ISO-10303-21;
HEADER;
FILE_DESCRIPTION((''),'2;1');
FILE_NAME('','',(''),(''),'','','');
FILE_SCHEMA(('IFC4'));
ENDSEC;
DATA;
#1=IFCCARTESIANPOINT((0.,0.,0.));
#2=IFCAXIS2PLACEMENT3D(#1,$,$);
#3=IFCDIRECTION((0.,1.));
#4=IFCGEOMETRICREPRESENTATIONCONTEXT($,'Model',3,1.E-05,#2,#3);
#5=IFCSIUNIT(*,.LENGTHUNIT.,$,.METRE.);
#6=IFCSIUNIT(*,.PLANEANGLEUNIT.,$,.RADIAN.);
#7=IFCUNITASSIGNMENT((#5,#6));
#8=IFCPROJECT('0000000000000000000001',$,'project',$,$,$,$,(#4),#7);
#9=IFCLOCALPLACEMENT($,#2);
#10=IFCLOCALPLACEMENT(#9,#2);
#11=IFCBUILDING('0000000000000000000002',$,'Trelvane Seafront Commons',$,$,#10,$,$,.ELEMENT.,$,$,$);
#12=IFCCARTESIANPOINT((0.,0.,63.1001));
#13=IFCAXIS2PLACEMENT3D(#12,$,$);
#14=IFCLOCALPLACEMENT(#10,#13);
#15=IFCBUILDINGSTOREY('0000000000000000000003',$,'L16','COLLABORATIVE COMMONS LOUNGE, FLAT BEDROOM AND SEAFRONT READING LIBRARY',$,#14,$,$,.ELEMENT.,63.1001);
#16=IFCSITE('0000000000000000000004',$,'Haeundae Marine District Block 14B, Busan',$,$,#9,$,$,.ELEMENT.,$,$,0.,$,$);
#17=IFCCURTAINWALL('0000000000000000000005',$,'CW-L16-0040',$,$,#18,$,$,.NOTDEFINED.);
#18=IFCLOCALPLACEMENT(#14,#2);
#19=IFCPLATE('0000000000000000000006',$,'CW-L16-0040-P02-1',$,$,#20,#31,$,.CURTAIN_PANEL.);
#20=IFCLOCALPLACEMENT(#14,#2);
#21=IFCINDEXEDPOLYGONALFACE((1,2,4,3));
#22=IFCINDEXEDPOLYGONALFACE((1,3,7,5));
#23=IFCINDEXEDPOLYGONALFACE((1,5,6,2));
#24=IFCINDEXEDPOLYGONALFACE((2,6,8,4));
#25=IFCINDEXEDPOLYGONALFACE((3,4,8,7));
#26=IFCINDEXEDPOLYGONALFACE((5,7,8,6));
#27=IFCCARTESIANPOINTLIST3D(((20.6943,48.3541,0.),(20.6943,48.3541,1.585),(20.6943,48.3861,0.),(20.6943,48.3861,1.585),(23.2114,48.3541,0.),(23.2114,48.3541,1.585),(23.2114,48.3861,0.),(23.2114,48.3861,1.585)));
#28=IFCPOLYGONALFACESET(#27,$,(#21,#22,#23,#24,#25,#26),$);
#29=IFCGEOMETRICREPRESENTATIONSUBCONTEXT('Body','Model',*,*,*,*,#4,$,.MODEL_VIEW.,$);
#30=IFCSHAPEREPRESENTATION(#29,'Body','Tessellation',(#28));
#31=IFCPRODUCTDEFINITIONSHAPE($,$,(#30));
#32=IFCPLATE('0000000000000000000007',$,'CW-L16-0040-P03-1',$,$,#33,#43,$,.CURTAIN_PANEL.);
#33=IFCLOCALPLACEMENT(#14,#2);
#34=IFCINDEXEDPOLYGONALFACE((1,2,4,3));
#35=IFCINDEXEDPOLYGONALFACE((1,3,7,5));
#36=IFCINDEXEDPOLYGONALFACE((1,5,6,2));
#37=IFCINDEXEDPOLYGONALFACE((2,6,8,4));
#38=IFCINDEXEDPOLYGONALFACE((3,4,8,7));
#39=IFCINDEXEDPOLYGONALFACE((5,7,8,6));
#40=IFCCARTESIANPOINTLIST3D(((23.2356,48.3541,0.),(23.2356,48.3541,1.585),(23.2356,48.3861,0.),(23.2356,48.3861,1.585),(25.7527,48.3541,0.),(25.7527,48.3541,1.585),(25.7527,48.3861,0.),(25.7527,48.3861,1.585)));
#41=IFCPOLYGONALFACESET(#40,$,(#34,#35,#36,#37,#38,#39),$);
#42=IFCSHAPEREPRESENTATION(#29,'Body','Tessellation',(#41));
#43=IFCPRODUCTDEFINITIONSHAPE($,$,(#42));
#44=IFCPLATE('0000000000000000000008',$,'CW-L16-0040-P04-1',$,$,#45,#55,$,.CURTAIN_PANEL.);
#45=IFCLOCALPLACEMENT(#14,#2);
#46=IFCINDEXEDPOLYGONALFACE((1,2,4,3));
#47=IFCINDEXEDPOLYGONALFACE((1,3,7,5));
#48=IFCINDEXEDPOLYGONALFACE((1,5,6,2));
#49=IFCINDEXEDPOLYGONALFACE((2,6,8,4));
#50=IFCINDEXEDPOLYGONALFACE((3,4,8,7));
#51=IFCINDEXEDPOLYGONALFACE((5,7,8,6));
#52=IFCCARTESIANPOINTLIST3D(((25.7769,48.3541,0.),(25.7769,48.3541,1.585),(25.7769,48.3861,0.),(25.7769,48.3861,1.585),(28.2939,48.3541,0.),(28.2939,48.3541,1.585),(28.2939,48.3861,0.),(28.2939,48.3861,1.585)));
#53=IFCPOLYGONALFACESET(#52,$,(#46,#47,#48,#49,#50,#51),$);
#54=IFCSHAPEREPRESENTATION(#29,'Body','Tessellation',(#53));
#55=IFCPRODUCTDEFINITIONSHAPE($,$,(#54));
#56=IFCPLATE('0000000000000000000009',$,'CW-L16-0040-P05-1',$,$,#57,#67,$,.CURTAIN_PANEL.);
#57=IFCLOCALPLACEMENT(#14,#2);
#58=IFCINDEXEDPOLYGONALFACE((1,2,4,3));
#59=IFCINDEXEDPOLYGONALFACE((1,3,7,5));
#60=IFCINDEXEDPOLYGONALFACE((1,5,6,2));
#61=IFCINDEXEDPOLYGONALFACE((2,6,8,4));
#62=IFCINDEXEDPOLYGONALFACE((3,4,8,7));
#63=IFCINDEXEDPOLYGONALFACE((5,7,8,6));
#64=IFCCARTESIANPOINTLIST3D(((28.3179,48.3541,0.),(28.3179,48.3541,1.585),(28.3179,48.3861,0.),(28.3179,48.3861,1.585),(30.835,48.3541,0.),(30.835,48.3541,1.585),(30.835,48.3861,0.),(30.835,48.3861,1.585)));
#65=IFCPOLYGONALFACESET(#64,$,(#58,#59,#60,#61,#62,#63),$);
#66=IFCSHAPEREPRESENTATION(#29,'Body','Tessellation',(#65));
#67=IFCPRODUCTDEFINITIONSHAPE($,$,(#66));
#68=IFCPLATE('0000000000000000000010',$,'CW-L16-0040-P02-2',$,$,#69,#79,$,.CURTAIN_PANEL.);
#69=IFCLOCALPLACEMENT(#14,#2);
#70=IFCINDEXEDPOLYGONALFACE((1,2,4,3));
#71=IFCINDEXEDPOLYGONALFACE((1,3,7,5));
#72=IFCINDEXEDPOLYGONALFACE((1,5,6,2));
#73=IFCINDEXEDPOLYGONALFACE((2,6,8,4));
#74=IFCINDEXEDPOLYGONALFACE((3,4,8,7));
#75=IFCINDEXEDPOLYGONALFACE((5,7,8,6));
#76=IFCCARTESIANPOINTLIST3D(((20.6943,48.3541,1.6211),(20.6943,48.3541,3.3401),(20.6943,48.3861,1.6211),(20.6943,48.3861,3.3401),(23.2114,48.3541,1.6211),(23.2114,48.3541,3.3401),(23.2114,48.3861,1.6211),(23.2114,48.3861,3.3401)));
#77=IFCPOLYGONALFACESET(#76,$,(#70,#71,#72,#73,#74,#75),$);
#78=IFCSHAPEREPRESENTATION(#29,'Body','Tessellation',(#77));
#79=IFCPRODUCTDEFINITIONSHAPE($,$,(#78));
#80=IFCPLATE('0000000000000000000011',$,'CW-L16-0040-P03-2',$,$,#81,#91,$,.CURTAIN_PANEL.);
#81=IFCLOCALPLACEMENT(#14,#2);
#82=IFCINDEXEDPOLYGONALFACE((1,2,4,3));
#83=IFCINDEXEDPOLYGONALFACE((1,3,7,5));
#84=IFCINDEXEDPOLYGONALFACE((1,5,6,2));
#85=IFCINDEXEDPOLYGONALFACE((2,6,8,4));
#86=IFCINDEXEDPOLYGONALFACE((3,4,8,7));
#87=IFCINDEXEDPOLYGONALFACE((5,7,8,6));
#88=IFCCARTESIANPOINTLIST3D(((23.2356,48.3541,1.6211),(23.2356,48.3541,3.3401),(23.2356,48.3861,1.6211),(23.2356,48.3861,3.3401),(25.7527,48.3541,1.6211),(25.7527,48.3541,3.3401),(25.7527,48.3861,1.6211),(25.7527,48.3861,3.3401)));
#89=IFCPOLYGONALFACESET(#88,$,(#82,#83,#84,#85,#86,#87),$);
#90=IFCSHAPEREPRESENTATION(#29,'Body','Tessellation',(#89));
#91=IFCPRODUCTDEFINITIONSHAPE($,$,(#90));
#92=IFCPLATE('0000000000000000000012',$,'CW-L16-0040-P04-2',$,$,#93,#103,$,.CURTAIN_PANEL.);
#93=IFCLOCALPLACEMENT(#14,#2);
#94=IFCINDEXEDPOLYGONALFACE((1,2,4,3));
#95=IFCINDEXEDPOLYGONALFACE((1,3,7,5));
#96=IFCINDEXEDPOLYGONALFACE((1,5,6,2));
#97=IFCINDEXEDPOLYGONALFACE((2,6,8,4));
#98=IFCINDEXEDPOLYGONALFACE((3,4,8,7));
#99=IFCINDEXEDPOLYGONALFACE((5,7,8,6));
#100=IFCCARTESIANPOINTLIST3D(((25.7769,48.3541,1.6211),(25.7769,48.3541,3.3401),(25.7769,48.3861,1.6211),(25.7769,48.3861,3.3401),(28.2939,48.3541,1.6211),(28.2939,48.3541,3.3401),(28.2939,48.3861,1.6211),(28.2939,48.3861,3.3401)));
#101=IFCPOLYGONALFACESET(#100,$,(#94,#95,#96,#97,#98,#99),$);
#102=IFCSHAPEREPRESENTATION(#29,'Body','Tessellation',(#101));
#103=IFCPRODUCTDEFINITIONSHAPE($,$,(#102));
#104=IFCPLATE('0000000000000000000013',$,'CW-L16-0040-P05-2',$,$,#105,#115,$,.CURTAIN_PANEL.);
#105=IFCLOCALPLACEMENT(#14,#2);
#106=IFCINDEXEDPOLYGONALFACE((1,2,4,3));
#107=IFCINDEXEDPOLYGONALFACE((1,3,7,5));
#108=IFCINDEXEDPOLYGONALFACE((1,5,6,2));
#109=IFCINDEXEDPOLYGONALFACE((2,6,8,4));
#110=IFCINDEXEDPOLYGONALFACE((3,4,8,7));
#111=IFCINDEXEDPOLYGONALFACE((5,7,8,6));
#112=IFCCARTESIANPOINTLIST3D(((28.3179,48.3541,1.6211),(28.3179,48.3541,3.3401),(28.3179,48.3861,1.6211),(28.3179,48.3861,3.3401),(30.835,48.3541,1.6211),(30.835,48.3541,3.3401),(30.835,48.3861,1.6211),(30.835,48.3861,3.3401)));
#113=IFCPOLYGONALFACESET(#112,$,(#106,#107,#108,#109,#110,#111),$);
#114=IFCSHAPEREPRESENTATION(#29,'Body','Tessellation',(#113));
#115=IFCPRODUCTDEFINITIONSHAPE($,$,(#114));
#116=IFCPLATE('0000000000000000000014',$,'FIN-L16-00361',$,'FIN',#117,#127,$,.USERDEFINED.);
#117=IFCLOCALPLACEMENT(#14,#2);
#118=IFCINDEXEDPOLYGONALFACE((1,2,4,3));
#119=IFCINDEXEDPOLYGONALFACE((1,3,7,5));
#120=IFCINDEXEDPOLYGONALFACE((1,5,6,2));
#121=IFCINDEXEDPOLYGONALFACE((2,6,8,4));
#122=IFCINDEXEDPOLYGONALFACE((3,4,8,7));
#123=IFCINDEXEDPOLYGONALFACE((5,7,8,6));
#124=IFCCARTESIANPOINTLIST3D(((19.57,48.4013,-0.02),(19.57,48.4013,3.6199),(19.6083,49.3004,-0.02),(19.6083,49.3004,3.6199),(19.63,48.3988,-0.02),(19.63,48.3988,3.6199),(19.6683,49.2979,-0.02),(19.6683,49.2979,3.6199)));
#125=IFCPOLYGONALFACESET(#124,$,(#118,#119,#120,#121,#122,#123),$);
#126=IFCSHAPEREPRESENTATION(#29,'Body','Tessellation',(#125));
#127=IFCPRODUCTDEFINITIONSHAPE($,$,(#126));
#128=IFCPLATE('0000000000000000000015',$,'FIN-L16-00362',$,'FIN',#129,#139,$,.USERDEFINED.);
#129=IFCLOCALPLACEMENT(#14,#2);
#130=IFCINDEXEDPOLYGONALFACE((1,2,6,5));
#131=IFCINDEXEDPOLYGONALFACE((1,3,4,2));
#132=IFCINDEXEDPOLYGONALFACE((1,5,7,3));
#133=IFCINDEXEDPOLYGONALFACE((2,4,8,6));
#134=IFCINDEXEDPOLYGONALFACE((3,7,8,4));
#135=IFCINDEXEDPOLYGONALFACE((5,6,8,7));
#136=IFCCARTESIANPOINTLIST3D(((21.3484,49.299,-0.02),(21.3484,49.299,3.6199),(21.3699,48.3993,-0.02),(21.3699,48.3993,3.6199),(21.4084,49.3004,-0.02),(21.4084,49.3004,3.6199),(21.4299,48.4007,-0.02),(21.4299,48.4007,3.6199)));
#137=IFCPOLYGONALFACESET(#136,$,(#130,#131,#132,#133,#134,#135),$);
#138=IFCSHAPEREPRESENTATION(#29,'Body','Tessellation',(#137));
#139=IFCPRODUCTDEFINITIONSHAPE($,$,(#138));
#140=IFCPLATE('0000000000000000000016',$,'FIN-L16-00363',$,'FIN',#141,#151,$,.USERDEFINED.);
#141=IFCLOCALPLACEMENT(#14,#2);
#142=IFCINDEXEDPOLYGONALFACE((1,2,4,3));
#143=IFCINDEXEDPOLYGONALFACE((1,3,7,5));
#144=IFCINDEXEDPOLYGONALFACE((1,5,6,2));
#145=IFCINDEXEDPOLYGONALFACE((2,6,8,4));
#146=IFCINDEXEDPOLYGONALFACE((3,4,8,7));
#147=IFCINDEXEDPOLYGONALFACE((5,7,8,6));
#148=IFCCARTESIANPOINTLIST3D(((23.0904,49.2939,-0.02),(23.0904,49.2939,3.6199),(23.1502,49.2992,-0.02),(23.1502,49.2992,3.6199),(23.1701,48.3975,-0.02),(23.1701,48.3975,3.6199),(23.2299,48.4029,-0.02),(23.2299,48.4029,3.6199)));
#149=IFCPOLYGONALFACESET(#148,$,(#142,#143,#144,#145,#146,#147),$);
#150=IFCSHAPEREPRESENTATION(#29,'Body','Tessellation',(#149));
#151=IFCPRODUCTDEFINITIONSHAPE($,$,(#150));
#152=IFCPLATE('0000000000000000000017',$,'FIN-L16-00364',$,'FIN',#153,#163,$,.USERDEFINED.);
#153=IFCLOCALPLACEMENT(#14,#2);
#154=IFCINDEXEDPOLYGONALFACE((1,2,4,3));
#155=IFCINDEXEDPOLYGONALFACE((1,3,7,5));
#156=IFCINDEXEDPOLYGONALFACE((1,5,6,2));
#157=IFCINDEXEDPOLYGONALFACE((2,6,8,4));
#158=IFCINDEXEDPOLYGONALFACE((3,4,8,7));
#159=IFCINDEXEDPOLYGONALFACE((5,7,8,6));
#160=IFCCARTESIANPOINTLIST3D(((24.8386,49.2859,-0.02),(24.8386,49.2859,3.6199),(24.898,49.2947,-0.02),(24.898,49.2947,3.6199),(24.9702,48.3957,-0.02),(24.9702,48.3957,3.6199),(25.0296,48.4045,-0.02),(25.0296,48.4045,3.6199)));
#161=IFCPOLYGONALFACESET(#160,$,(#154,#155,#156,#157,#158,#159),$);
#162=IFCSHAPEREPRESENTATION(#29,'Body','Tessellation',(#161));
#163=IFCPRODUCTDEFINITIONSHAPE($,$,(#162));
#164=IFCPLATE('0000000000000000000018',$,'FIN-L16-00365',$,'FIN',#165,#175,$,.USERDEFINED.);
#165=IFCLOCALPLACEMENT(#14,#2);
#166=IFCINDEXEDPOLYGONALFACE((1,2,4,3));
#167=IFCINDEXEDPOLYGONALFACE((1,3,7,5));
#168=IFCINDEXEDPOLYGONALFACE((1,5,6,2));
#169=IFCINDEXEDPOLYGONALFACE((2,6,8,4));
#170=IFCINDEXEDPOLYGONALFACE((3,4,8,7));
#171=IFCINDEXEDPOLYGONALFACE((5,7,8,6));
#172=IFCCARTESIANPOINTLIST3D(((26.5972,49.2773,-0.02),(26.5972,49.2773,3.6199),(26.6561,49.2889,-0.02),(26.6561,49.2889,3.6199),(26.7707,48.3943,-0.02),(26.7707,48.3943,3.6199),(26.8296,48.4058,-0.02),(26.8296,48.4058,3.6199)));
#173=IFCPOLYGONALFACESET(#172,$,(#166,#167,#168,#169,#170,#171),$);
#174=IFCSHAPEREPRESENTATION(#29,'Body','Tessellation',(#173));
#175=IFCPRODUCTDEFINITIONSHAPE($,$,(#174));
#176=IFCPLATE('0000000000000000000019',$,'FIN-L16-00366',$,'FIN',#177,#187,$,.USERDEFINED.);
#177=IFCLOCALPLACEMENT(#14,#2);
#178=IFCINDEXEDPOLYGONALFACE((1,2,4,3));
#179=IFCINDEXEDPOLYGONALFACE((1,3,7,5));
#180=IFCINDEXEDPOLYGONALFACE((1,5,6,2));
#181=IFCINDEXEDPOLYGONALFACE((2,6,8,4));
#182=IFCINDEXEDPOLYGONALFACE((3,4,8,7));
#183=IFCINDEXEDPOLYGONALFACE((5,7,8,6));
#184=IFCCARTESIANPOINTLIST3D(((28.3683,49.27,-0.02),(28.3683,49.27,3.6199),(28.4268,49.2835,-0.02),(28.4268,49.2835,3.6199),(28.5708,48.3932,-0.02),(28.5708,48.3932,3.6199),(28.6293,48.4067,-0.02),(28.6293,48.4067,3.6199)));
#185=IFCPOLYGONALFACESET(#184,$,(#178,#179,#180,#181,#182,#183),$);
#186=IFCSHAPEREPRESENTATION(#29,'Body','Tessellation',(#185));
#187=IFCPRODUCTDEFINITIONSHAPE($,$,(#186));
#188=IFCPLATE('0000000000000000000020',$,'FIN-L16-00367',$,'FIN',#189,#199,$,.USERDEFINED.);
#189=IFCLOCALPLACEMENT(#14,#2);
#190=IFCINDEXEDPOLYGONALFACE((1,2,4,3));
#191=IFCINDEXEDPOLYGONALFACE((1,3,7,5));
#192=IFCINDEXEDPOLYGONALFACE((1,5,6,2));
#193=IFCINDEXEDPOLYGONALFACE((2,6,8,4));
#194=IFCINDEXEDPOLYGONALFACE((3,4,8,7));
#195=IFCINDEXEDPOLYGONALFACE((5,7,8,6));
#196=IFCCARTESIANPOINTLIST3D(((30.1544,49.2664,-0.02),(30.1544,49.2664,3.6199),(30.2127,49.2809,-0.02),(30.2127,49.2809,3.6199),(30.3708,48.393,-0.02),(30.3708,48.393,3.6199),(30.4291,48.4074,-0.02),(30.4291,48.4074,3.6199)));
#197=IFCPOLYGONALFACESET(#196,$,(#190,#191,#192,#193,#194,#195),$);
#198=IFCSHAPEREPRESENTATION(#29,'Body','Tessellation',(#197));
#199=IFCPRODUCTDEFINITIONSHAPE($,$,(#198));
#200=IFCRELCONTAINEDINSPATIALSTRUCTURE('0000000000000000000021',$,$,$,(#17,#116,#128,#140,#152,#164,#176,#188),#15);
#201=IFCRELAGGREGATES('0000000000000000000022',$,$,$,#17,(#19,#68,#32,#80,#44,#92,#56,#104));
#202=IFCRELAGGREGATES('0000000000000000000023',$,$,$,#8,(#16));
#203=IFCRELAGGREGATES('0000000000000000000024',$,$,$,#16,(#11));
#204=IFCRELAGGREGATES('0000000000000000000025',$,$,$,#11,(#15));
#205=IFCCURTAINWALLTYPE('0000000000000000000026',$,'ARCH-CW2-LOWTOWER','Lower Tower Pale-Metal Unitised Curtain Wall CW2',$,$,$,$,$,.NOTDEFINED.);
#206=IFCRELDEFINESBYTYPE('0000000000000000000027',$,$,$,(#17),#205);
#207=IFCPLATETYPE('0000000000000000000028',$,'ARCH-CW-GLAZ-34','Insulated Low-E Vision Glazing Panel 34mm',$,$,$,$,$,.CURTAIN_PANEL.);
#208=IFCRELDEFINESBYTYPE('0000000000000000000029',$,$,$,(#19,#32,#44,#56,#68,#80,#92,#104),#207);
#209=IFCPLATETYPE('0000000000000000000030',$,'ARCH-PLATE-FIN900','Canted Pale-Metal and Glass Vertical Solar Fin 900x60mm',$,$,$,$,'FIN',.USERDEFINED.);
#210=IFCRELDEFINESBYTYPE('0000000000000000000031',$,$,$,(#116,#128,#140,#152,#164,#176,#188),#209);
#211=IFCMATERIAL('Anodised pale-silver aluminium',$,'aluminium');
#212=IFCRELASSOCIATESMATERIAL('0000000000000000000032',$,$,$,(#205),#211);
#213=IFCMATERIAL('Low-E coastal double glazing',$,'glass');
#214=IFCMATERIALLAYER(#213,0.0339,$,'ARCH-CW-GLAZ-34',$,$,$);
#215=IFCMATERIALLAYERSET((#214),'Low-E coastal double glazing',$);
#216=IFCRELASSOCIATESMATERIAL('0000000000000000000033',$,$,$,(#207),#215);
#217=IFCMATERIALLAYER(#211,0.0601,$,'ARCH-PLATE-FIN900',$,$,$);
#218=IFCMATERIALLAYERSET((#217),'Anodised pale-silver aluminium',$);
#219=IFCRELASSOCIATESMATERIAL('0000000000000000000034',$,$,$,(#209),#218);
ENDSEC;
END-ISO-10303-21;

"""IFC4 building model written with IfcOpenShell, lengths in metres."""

from ifc_helpers import new_model, si_unit, direction, frame, origin, origin_2d, place, context, subcontext, project, spatial, rectangle, extrude, source, transform, mapped, material, layer, layer_set, type_object, element, aggregate, save


model = new_model("IFC4")

# Units and contexts
model_context = context("Model", 3, precision=1e-05, world=origin(), true_north=direction((0.0, 1.0)))
body_context = subcontext(model_context, "Body", "Model", "MODEL_VIEW")
ifc_project = project(units=[si_unit("LENGTHUNIT", "METRE"), si_unit("PLANEANGLEUNIT", "RADIAN")], contexts=[model_context])

# Site, building, storey
site_placement = place(None, origin())
site = spatial("IfcSite", under=ifc_project, at=site_placement, Name="Haeundae Marine District Block 14B, Busan", CompositionType="ELEMENT", RefElevation=0.0)
building_placement = place(site_placement, origin())
building = spatial("IfcBuilding", under=site, at=building_placement, Name="Trelvane Seafront Commons", CompositionType="ELEMENT")
storey_placement = place(building_placement, frame((0.0, 0.0, 63.1001)))
storey = spatial("IfcBuildingStorey", under=building, at=storey_placement, Name="L16", Description="COLLABORATIVE COMMONS LOUNGE, FLAT BEDROOM AND SEAFRONT READING LIBRARY", CompositionType="ELEMENT", Elevation=63.1001)

# Curtain wall, plates
ifc_material_1 = material(Name="Anodised pale-silver aluminium", Category="aluminium")
curtain_wall_type = type_object("IfcCurtainWallType", Name="ARCH-CW2-LOWTOWER", Description="Lower Tower Pale-Metal Unitised Curtain Wall CW2", PredefinedType="NOTDEFINED", material=ifc_material_1)
curtain_wall_placement = place(storey_placement, origin())
curtain_wall = element("IfcCurtainWall", 1, at=curtain_wall_placement, inside=storey, type_object=curtain_wall_type, Name="CW-L16-0040", PredefinedType="NOTDEFINED")
ifc_material_2 = material(Name="Low-E coastal double glazing", Category="glass")
ifc_layer_1 = layer(ifc_material_2, 0.0339, Name="ARCH-CW-GLAZ-34")
ifc_layer_set_1 = layer_set([ifc_layer_1], Name="Low-E coastal double glazing")
plate_type_1 = type_object("IfcPlateType", Name="ARCH-CW-GLAZ-34", Description="Insulated Low-E Vision Glazing Panel 34mm", PredefinedType="CURTAIN_PANEL", material=ifc_layer_set_1)
shared_shape_1 = source(origin(), body_context, "Body", "SweptSolid", [
    extrude(rectangle(XDim=2.5171, YDim=0.032, at=origin_2d()), origin(), (0.0, 0.0, 1.0), 1.585),
])
plate_1_placement = place(storey_placement, frame((21.9529, 48.3701, 0.0), z_axis=(0.0, 0.0, 1.0), x_axis=(1.0, 0.0, 0.0)))
plate_1 = element("IfcPlate", 2, at=plate_1_placement, type_object=plate_type_1, Name="CW-L16-0040-P02-1", PredefinedType="CURTAIN_PANEL", context=body_context, shape_type="MappedRepresentation", body=[
    mapped(shared_shape_1, transform((0.0, 0.0, 0.0), x_axis=(1.0, 0.0, 0.0), y_axis=(0.0, 1.0, 0.0), z_axis=(0.0, 0.0, 1.0), scale=1.0)),
])
plate_2_placement = place(storey_placement, frame((24.4941, 48.3701, 0.0), z_axis=(0.0, 0.0, 1.0), x_axis=(1.0, 0.0, 0.0)))
plate_2 = element("IfcPlate", 3, at=plate_2_placement, type_object=plate_type_1, Name="CW-L16-0040-P03-1", PredefinedType="CURTAIN_PANEL", context=body_context, shape_type="MappedRepresentation", body=[
    mapped(shared_shape_1, transform((0.0, 0.0, 0.0), x_axis=(1.0, 0.0, 0.0), y_axis=(0.0, 1.0, 0.0), z_axis=(0.0, 0.0, 1.0), scale=1.0)),
])
plate_3_placement = place(storey_placement, frame((27.0354, 48.3701, 0.0), z_axis=(0.0, 0.0, 1.0), x_axis=(1.0, 0.0, 0.0)))
plate_3 = element("IfcPlate", 4, at=plate_3_placement, type_object=plate_type_1, Name="CW-L16-0040-P04-1", PredefinedType="CURTAIN_PANEL", context=body_context, shape_type="MappedRepresentation", body=[
    mapped(shared_shape_1, transform((0.0, 0.0, 0.0), x_axis=(1.0, 0.0, 0.0), y_axis=(0.0, 1.0, 0.0), z_axis=(0.0, 0.0, 1.0), scale=1.0)),
])
plate_4_placement = place(storey_placement, frame((29.5764, 48.3701, 0.0), z_axis=(0.0, 0.0, 1.0), x_axis=(1.0, 0.0, 0.0)))
plate_4 = element("IfcPlate", 5, at=plate_4_placement, type_object=plate_type_1, Name="CW-L16-0040-P05-1", PredefinedType="CURTAIN_PANEL", context=body_context, shape_type="MappedRepresentation", body=[
    mapped(shared_shape_1, transform((0.0, 0.0, 0.0), x_axis=(1.0, 0.0, 0.0), y_axis=(0.0, 1.0, 0.0), z_axis=(0.0, 0.0, 1.0), scale=1.0)),
])
shared_shape_2 = source(origin(), body_context, "Body", "SweptSolid", [
    extrude(rectangle(XDim=2.5171, YDim=0.032, at=origin_2d()), origin(), (0.0, 0.0, 1.0), 1.719),
])
plate_5_placement = place(storey_placement, frame((21.9529, 48.3701, 1.6211), z_axis=(0.0, 0.0, 1.0), x_axis=(1.0, 0.0, 0.0)))
plate_5 = element("IfcPlate", 6, at=plate_5_placement, type_object=plate_type_1, Name="CW-L16-0040-P02-2", PredefinedType="CURTAIN_PANEL", context=body_context, shape_type="MappedRepresentation", body=[
    mapped(shared_shape_2, transform((0.0, 0.0, 0.0), x_axis=(1.0, 0.0, 0.0), y_axis=(0.0, 1.0, 0.0), z_axis=(0.0, 0.0, 1.0), scale=1.0)),
])
plate_6_placement = place(storey_placement, frame((24.4941, 48.3701, 1.6211), z_axis=(0.0, 0.0, 1.0), x_axis=(1.0, 0.0, 0.0)))
plate_6 = element("IfcPlate", 7, at=plate_6_placement, type_object=plate_type_1, Name="CW-L16-0040-P03-2", PredefinedType="CURTAIN_PANEL", context=body_context, shape_type="MappedRepresentation", body=[
    mapped(shared_shape_2, transform((0.0, 0.0, 0.0), x_axis=(1.0, 0.0, 0.0), y_axis=(0.0, 1.0, 0.0), z_axis=(0.0, 0.0, 1.0), scale=1.0)),
])
plate_7_placement = place(storey_placement, frame((27.0354, 48.3701, 1.6211), z_axis=(0.0, 0.0, 1.0), x_axis=(1.0, 0.0, 0.0)))
plate_7 = element("IfcPlate", 8, at=plate_7_placement, type_object=plate_type_1, Name="CW-L16-0040-P04-2", PredefinedType="CURTAIN_PANEL", context=body_context, shape_type="MappedRepresentation", body=[
    mapped(shared_shape_2, transform((0.0, 0.0, 0.0), x_axis=(1.0, 0.0, 0.0), y_axis=(0.0, 1.0, 0.0), z_axis=(0.0, 0.0, 1.0), scale=1.0)),
])
plate_8_placement = place(storey_placement, frame((29.5764, 48.3701, 1.6211), z_axis=(0.0, 0.0, 1.0), x_axis=(1.0, 0.0, 0.0)))
plate_8 = element("IfcPlate", 9, at=plate_8_placement, type_object=plate_type_1, Name="CW-L16-0040-P05-2", PredefinedType="CURTAIN_PANEL", context=body_context, shape_type="MappedRepresentation", body=[
    mapped(shared_shape_2, transform((0.0, 0.0, 0.0), x_axis=(1.0, 0.0, 0.0), y_axis=(0.0, 1.0, 0.0), z_axis=(0.0, 0.0, 1.0), scale=1.0)),
])
aggregate(curtain_wall, [plate_1, plate_5, plate_2, plate_6, plate_3, plate_7, plate_4, plate_8])

# Plates
ifc_layer_2 = layer(ifc_material_1, 0.0601, Name="ARCH-PLATE-FIN900")
ifc_layer_set_2 = layer_set([ifc_layer_2], Name="Anodised pale-silver aluminium")
plate_type_2 = type_object("IfcPlateType", Name="ARCH-PLATE-FIN900", Description="Canted Pale-Metal and Glass Vertical Solar Fin 900x60mm", ElementType="FIN", PredefinedType="USERDEFINED", material=ifc_layer_set_2)
shared_shape_3 = source(origin(), body_context, "Body", "SweptSolid", [
    extrude(rectangle(XDim=0.8999, YDim=0.0601, at=origin_2d()), origin(), (0.0, 0.0, 1.0), 3.6399),
])
for number, where, z_axis, x_axis, name in (
    (10, (19.6191, 48.8496, -0.02), (0.0, 0.0, 1.0), (0.042554, 0.999094, 0.0), "FIN-L16-00361"),
    (11, (21.3892, 48.8499, -0.02), (0.0, 0.0, 1.0), (-0.02389, 0.999715, 0.0), "FIN-L16-00362"),
    (12, (23.1602, 48.8484, -0.02), (0.0, 0.0, 1.0), (-0.088552, 0.996072, 0.0), "FIN-L16-00363"),
    (13, (24.9341, 48.8452, -0.02), (0.0, 0.0, 1.0), (-0.146226, 0.989251, 0.0), "FIN-L16-00364"),
    (14, (26.7134, 48.8416, -0.02), (0.0, 0.0, 1.0), (-0.192782, 0.981242, 0.0), "FIN-L16-00365"),
    (15, (28.4988, 48.8384, -0.02), (0.0, 0.0, 1.0), (-0.225005, 0.974357, 0.0), "FIN-L16-00366"),
    (16, (30.2917, 48.8369, -0.02), (0.0, 0.0, 1.0), (-0.240548, 0.970637, 0.0), "FIN-L16-00367"),
):
    element("IfcPlate", number, at=place(storey_placement, frame(where, z_axis=z_axis, x_axis=x_axis)), inside=storey, type_object=plate_type_2, Name=name, ObjectType="FIN", PredefinedType="USERDEFINED", context=body_context, shape_type="MappedRepresentation", body=[
        mapped(shared_shape_3, transform((0.0, 0.0, 0.0), x_axis=(1.0, 0.0, 0.0), y_axis=(0.0, 1.0, 0.0), z_axis=(0.0, 0.0, 1.0), scale=1.0)),
    ])

save(model, "model.ifc")
